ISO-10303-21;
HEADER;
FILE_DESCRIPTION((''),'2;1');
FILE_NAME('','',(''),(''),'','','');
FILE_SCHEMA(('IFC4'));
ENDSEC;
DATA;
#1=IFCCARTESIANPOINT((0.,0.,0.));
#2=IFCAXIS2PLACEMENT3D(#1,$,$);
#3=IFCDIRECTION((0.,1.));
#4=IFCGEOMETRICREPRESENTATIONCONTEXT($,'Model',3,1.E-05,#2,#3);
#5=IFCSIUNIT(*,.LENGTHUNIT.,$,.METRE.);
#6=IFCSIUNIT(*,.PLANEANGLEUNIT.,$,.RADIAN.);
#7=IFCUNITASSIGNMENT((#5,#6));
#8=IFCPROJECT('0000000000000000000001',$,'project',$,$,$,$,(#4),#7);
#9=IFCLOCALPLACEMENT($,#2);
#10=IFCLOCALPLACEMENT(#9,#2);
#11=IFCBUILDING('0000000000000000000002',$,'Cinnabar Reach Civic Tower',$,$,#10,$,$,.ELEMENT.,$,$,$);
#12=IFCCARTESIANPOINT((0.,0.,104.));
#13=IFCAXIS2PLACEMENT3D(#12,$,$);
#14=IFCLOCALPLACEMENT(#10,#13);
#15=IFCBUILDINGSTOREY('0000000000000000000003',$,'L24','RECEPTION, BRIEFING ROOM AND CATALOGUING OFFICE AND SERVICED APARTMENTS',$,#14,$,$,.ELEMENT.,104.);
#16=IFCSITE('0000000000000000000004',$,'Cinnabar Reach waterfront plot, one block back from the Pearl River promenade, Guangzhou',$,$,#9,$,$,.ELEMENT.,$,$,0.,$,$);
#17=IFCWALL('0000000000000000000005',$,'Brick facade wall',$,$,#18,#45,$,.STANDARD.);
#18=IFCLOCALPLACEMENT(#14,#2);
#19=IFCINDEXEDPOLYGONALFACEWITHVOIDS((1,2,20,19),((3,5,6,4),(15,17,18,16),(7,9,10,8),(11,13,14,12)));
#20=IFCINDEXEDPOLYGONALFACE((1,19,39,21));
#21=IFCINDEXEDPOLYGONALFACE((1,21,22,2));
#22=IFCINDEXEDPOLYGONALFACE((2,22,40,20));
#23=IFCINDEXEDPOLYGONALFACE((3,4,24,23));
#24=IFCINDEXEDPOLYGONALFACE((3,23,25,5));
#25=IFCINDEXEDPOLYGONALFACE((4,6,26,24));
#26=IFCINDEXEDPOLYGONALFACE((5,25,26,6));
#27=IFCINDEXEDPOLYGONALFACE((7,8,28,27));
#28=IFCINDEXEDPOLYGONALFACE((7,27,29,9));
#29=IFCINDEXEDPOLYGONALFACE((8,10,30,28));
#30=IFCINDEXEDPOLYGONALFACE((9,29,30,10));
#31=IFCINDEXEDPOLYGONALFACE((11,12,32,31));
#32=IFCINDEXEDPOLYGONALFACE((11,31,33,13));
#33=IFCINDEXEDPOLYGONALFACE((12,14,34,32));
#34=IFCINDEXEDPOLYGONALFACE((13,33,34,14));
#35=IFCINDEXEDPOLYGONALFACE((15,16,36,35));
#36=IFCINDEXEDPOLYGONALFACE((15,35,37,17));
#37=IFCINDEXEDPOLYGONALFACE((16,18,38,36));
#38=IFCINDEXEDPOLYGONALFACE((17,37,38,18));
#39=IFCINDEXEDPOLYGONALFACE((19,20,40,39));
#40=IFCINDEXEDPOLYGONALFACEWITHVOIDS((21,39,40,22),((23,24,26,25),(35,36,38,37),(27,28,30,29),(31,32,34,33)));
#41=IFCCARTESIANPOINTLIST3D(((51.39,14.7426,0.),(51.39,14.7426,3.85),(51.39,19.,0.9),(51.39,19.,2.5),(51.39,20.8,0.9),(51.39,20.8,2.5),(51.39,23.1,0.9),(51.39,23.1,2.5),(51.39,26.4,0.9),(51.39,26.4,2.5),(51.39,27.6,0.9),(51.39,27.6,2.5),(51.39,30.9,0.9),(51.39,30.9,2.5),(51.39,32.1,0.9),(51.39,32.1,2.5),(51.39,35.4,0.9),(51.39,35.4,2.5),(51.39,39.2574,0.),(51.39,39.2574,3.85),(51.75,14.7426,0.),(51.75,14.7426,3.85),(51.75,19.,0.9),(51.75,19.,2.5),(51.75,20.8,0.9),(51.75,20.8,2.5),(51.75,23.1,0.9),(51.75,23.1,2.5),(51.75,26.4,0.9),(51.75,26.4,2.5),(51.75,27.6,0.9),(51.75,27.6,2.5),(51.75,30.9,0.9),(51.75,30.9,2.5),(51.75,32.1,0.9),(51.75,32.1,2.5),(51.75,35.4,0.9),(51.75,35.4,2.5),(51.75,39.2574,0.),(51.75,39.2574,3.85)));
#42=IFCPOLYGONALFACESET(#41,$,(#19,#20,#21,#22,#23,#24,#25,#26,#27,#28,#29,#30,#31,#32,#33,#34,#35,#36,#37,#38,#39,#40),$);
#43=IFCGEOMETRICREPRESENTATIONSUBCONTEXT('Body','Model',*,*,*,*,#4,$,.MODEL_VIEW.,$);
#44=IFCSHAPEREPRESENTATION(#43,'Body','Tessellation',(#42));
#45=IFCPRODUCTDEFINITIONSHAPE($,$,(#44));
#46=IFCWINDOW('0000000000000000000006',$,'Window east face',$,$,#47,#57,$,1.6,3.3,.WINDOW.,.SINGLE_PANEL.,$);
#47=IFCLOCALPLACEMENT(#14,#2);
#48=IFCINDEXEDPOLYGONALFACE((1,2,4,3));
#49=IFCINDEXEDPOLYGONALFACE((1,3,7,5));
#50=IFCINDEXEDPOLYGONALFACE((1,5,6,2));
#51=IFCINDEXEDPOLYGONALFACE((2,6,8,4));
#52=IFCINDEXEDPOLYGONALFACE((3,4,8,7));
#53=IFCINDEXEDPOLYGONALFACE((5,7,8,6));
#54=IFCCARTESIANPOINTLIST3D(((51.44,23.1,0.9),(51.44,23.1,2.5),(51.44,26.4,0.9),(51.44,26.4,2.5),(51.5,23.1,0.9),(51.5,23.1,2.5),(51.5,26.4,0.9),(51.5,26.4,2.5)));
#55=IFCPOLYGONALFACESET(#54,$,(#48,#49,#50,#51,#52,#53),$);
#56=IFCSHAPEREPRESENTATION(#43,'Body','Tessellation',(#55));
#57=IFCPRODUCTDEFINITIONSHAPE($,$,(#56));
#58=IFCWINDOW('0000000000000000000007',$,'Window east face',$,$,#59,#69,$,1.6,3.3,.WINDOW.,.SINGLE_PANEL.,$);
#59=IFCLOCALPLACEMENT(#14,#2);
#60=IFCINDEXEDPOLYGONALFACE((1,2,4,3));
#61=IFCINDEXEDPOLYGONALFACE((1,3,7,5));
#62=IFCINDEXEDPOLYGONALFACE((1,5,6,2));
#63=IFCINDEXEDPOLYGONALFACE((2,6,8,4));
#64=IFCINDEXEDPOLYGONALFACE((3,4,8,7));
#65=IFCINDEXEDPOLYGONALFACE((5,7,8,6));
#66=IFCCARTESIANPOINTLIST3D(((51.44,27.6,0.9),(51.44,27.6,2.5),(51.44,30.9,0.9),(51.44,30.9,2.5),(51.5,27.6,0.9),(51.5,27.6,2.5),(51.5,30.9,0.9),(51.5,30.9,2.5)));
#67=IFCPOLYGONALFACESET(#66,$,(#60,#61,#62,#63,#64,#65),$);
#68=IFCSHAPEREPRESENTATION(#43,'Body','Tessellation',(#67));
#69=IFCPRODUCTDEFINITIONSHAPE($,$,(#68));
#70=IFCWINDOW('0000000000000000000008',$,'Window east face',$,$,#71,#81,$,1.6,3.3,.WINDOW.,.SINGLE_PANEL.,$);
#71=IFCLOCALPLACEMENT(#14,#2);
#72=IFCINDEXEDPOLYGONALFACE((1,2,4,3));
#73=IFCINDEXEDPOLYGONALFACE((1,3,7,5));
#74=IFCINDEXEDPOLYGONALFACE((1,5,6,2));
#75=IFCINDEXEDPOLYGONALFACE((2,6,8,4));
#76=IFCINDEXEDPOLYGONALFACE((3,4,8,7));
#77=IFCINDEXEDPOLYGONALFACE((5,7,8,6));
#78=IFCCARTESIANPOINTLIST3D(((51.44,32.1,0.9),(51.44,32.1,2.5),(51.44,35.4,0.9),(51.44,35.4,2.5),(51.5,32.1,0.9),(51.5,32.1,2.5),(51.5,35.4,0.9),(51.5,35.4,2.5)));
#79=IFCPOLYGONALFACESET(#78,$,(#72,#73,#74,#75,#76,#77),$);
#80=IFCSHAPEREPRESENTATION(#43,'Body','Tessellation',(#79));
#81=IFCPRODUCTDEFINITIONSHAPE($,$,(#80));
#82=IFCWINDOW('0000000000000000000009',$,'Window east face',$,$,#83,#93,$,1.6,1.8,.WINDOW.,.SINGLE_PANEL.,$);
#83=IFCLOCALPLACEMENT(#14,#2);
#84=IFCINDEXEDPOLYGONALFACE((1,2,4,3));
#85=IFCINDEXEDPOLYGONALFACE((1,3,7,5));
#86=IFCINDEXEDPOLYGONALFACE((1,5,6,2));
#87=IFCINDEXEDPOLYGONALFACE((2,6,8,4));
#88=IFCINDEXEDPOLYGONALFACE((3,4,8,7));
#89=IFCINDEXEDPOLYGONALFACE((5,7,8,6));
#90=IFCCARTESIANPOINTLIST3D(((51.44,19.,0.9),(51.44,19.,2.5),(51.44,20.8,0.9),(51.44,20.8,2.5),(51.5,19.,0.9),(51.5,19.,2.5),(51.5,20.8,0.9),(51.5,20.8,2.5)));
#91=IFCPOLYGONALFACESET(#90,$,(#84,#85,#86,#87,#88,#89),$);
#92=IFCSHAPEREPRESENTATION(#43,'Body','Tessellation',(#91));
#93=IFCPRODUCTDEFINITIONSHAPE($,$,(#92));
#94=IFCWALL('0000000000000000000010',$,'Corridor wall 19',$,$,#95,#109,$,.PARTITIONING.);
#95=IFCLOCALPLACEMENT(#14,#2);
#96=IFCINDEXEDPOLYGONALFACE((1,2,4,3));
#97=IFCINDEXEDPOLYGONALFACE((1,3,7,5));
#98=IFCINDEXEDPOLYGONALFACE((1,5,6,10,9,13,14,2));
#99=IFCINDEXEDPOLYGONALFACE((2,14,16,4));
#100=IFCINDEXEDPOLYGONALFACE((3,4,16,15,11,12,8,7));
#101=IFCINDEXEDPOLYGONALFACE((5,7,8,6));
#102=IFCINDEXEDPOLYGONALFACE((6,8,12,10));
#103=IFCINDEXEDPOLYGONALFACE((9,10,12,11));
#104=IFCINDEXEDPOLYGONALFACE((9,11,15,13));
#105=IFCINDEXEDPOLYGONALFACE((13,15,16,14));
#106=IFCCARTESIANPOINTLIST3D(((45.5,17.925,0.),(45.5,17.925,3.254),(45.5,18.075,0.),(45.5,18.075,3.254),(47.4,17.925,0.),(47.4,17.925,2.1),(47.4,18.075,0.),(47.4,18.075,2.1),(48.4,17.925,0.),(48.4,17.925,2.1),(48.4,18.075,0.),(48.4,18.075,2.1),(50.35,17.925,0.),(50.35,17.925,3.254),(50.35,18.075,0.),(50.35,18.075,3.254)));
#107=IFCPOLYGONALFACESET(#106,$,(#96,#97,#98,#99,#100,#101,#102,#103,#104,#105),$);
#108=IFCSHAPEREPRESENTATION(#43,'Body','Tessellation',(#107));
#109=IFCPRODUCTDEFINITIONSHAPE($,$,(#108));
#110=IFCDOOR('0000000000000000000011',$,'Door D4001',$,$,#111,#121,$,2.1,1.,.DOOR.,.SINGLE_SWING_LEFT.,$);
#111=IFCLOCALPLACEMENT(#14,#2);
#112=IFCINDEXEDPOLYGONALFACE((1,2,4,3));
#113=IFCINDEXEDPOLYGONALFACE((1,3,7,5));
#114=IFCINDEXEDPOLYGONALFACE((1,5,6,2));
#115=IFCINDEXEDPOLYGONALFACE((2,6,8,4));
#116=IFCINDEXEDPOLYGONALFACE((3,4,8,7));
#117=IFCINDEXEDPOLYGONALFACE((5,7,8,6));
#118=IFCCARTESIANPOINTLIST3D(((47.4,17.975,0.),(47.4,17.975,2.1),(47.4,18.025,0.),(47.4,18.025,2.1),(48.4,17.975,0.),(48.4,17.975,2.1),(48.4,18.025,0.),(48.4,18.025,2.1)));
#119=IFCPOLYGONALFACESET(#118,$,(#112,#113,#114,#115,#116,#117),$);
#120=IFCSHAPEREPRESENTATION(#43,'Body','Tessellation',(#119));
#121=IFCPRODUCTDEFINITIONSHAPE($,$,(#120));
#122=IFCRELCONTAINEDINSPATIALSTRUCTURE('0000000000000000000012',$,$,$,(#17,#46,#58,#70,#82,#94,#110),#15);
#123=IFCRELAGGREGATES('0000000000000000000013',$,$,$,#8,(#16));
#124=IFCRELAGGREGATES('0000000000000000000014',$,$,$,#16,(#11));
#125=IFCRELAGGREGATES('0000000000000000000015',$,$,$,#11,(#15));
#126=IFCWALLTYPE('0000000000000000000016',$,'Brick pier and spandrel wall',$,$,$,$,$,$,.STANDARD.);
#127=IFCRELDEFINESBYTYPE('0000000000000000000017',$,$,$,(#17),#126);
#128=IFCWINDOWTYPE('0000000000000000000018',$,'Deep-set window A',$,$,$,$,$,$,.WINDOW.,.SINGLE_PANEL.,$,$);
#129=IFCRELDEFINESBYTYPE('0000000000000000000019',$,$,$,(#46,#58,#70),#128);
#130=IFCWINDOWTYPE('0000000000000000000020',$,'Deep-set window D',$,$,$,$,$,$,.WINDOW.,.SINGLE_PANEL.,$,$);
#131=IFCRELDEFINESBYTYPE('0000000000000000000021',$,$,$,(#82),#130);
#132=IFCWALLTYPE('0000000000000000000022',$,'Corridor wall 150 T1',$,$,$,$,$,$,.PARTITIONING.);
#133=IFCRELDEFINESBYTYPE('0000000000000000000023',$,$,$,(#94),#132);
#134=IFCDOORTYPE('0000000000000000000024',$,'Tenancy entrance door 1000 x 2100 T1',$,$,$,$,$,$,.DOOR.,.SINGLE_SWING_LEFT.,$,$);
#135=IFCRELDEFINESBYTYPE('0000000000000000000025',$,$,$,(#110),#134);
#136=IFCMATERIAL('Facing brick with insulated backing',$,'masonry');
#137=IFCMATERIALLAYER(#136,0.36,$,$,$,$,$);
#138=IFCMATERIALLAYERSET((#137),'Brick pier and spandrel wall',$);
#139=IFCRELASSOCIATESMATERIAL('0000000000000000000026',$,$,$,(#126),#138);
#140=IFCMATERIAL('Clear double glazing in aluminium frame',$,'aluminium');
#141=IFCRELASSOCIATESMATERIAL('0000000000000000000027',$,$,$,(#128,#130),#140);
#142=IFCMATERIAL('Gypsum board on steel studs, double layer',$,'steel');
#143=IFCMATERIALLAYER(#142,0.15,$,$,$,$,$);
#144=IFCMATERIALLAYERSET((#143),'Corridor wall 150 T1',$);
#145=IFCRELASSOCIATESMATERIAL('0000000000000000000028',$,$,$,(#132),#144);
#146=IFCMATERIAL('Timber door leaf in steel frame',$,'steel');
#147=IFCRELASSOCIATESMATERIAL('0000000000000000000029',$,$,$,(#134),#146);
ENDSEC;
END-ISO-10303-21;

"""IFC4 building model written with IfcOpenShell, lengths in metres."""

from ifc_helpers import new_model, si_unit, direction, frame, frame_2d, origin, place, context, subcontext, project, spatial, rectangle, extrude, material, layer, layer_set, type_object, element, fill, save


model = new_model("IFC4")

# Units and contexts
model_context = context("Model", 3, precision=1e-05, world=origin(), true_north=direction((0.0, 1.0)))
body_context = subcontext(model_context, "Body", "Model", "MODEL_VIEW")
ifc_project = project(units=[si_unit("LENGTHUNIT", "METRE"), si_unit("PLANEANGLEUNIT", "RADIAN")], contexts=[model_context])

# Site, building, storey
site_placement = place(None, origin())
site = spatial("IfcSite", under=ifc_project, at=site_placement, Name="Cinnabar Reach waterfront plot, one block back from the Pearl River promenade, Guangzhou", CompositionType="ELEMENT", RefElevation=0.0)
building_placement = place(site_placement, origin())
building = spatial("IfcBuilding", under=site, at=building_placement, Name="Cinnabar Reach Civic Tower", CompositionType="ELEMENT")
storey_placement = place(building_placement, frame((0.0, 0.0, 104.0)))
storey = spatial("IfcBuildingStorey", under=building, at=storey_placement, Name="L24", Description="RECEPTION, BRIEFING ROOM AND CATALOGUING OFFICE AND SERVICED APARTMENTS", CompositionType="ELEMENT", Elevation=104.0)

# Shared definitions
ifc_material_1 = material(Name="Facing brick with insulated backing", Category="masonry")

# Wall, openings, windows
ifc_layer_1 = layer(ifc_material_1, 0.36)
ifc_layer_set_1 = layer_set([ifc_layer_1], Name="Brick pier and spandrel wall")
wall_type_1 = type_object("IfcWallType", Name="Brick pier and spandrel wall", PredefinedType="STANDARD", material=ifc_layer_set_1)
wall_1_placement = place(storey_placement, frame((51.57, 14.7426, 0.0), z_axis=(0.0, 0.0, 1.0), x_axis=(0.0, 1.0, 0.0)))
wall_1 = element("IfcWall", 1, at=wall_1_placement, inside=storey, type_object=wall_type_1, Name="Brick facade wall", PredefinedType="STANDARD", context=body_context, shape_type="SweptSolid", body=[
    extrude(rectangle(XDim=24.5148, YDim=0.36, at=frame_2d((12.2574, 0.0))), origin(), (0.0, 0.0, 1.0), 3.85),
])
opening_1_placement = place(wall_1_placement, frame((4.2574, 0.0, 0.9)))
opening_1 = element("IfcOpeningElement", 2, at=opening_1_placement, cuts=wall_1, PredefinedType="OPENING", context=body_context, shape_type="SweptSolid", body=[
    extrude(rectangle(XDim=1.8, YDim=1.6, at=frame_2d((0.9, 0.8))), frame((0.0, 0.19, 0.0), z_axis=(0.0, -1.0, 0.0), x_axis=(1.0, 0.0, 0.0)), (0.0, 0.0, 1.0), 0.38),
])
opening_2_placement = place(wall_1_placement, frame((8.3574, 0.0, 0.9)))
opening_2 = element("IfcOpeningElement", 3, at=opening_2_placement, cuts=wall_1, PredefinedType="OPENING", context=body_context, shape_type="SweptSolid", body=[
    extrude(rectangle(XDim=3.3, YDim=1.6, at=frame_2d((1.65, 0.8))), frame((0.0, 0.19, 0.0), z_axis=(0.0, -1.0, 0.0), x_axis=(1.0, 0.0, 0.0)), (0.0, 0.0, 1.0), 0.38),
])
opening_3_placement = place(wall_1_placement, frame((12.8574, 0.0, 0.9)))
opening_3 = element("IfcOpeningElement", 4, at=opening_3_placement, cuts=wall_1, PredefinedType="OPENING", context=body_context, shape_type="SweptSolid", body=[
    extrude(rectangle(XDim=3.3, YDim=1.6, at=frame_2d((1.65, 0.8))), frame((0.0, 0.19, 0.0), z_axis=(0.0, -1.0, 0.0), x_axis=(1.0, 0.0, 0.0)), (0.0, 0.0, 1.0), 0.38),
])
opening_4_placement = place(wall_1_placement, frame((17.3574, 0.0, 0.9)))
opening_4 = element("IfcOpeningElement", 5, at=opening_4_placement, cuts=wall_1, PredefinedType="OPENING", context=body_context, shape_type="SweptSolid", body=[
    extrude(rectangle(XDim=3.3, YDim=1.6, at=frame_2d((1.65, 0.8))), frame((0.0, 0.19, 0.0), z_axis=(0.0, -1.0, 0.0), x_axis=(1.0, 0.0, 0.0)), (0.0, 0.0, 1.0), 0.38),
])
ifc_material_2 = material(Name="Clear double glazing in aluminium frame", Category="aluminium")
window_type_1 = type_object("IfcWindowType", Name="Deep-set window A", PartitioningType="SINGLE_PANEL", PredefinedType="WINDOW", material=ifc_material_2)
window_1_placement = place(opening_2_placement, origin())
window_1 = element("IfcWindow", 6, at=window_1_placement, inside=storey, type_object=window_type_1, Name="Window east face", OverallHeight=1.6, OverallWidth=3.3, PartitioningType="SINGLE_PANEL", PredefinedType="WINDOW", context=body_context, shape_type="SweptSolid", body=[
    extrude(rectangle(XDim=3.3, YDim=1.6, at=frame_2d((1.65, 0.8))), frame((0.0, 0.13, 0.0), z_axis=(0.0, -1.0, 0.0), x_axis=(1.0, 0.0, 0.0)), (0.0, 0.0, 1.0), 0.06),
])
fill(opening_2, window_1)
window_2_placement = place(opening_3_placement, origin())
window_2 = element("IfcWindow", 7, at=window_2_placement, inside=storey, type_object=window_type_1, Name="Window east face", OverallHeight=1.6, OverallWidth=3.3, PartitioningType="SINGLE_PANEL", PredefinedType="WINDOW", context=body_context, shape_type="SweptSolid", body=[
    extrude(rectangle(XDim=3.3, YDim=1.6, at=frame_2d((1.65, 0.8))), frame((0.0, 0.13, 0.0), z_axis=(0.0, -1.0, 0.0), x_axis=(1.0, 0.0, 0.0)), (0.0, 0.0, 1.0), 0.06),
])
fill(opening_3, window_2)
window_3_placement = place(opening_4_placement, origin())
window_3 = element("IfcWindow", 8, at=window_3_placement, inside=storey, type_object=window_type_1, Name="Window east face", OverallHeight=1.6, OverallWidth=3.3, PartitioningType="SINGLE_PANEL", PredefinedType="WINDOW", context=body_context, shape_type="SweptSolid", body=[
    extrude(rectangle(XDim=3.3, YDim=1.6, at=frame_2d((1.65, 0.8))), frame((0.0, 0.13, 0.0), z_axis=(0.0, -1.0, 0.0), x_axis=(1.0, 0.0, 0.0)), (0.0, 0.0, 1.0), 0.06),
])
fill(opening_4, window_3)
window_type_2 = type_object("IfcWindowType", Name="Deep-set window D", PartitioningType="SINGLE_PANEL", PredefinedType="WINDOW", material=ifc_material_2)
window_4_placement = place(opening_1_placement, origin())
window_4 = element("IfcWindow", 9, at=window_4_placement, inside=storey, type_object=window_type_2, Name="Window east face", OverallHeight=1.6, OverallWidth=1.8, PartitioningType="SINGLE_PANEL", PredefinedType="WINDOW", context=body_context, shape_type="SweptSolid", body=[
    extrude(rectangle(XDim=1.8, YDim=1.6, at=frame_2d((0.9, 0.8))), frame((0.0, 0.13, 0.0), z_axis=(0.0, -1.0, 0.0), x_axis=(1.0, 0.0, 0.0)), (0.0, 0.0, 1.0), 0.06),
])
fill(opening_1, window_4)

# Wall, opening, door
ifc_material_3 = material(Name="Gypsum board on steel studs, double layer", Category="steel")
ifc_layer_2 = layer(ifc_material_3, 0.15)
ifc_layer_set_2 = layer_set([ifc_layer_2], Name="Corridor wall 150 T1")
wall_type_2 = type_object("IfcWallType", Name="Corridor wall 150 T1", PredefinedType="PARTITIONING", material=ifc_layer_set_2)
wall_2_placement = place(storey_placement, frame((45.5, 18.0, 0.0), z_axis=(0.0, 0.0, 1.0), x_axis=(1.0, 0.0, 0.0)))
wall_2 = element("IfcWall", 10, at=wall_2_placement, inside=storey, type_object=wall_type_2, Name="Corridor wall 19", PredefinedType="PARTITIONING", context=body_context, shape_type="SweptSolid", body=[
    extrude(rectangle(XDim=4.85, YDim=0.15, at=frame_2d((2.425, 0.0))), origin(), (0.0, 0.0, 1.0), 3.254),
])
opening_5_placement = place(wall_2_placement, frame((1.9, 0.0, 0.0)))
opening_5 = element("IfcOpeningElement", 11, at=opening_5_placement, cuts=wall_2, PredefinedType="OPENING", context=body_context, shape_type="SweptSolid", body=[
    extrude(rectangle(XDim=1.0, YDim=2.1, at=frame_2d((0.5, 1.05))), frame((0.0, 0.085, 0.0), z_axis=(0.0, -1.0, 0.0), x_axis=(1.0, 0.0, 0.0)), (0.0, 0.0, 1.0), 0.17),
])
ifc_material_4 = material(Name="Timber door leaf in steel frame", Category="steel")
door_type = type_object("IfcDoorType", Name="Tenancy entrance door 1000 x 2100 T1", OperationType="SINGLE_SWING_LEFT", PredefinedType="DOOR", material=ifc_material_4)
door_placement = place(opening_5_placement, frame((1.0, 0.0, 0.0), z_axis=(0.0, 0.0, 1.0), x_axis=(-1.0, 0.0, 0.0)))
door = element("IfcDoor", 12, at=door_placement, inside=storey, type_object=door_type, Name="Door D4001", OperationType="SINGLE_SWING_LEFT", OverallHeight=2.1, OverallWidth=1.0, PredefinedType="DOOR", context=body_context, shape_type="SweptSolid", body=[
    extrude(rectangle(XDim=1.0, YDim=2.1, at=frame_2d((0.5, 1.05))), frame((0.0, 0.025, 0.0), z_axis=(0.0, -1.0, 0.0), x_axis=(1.0, 0.0, 0.0)), (0.0, 0.0, 1.0), 0.05),
])
fill(opening_5, door)

save(model, "model.ifc")
